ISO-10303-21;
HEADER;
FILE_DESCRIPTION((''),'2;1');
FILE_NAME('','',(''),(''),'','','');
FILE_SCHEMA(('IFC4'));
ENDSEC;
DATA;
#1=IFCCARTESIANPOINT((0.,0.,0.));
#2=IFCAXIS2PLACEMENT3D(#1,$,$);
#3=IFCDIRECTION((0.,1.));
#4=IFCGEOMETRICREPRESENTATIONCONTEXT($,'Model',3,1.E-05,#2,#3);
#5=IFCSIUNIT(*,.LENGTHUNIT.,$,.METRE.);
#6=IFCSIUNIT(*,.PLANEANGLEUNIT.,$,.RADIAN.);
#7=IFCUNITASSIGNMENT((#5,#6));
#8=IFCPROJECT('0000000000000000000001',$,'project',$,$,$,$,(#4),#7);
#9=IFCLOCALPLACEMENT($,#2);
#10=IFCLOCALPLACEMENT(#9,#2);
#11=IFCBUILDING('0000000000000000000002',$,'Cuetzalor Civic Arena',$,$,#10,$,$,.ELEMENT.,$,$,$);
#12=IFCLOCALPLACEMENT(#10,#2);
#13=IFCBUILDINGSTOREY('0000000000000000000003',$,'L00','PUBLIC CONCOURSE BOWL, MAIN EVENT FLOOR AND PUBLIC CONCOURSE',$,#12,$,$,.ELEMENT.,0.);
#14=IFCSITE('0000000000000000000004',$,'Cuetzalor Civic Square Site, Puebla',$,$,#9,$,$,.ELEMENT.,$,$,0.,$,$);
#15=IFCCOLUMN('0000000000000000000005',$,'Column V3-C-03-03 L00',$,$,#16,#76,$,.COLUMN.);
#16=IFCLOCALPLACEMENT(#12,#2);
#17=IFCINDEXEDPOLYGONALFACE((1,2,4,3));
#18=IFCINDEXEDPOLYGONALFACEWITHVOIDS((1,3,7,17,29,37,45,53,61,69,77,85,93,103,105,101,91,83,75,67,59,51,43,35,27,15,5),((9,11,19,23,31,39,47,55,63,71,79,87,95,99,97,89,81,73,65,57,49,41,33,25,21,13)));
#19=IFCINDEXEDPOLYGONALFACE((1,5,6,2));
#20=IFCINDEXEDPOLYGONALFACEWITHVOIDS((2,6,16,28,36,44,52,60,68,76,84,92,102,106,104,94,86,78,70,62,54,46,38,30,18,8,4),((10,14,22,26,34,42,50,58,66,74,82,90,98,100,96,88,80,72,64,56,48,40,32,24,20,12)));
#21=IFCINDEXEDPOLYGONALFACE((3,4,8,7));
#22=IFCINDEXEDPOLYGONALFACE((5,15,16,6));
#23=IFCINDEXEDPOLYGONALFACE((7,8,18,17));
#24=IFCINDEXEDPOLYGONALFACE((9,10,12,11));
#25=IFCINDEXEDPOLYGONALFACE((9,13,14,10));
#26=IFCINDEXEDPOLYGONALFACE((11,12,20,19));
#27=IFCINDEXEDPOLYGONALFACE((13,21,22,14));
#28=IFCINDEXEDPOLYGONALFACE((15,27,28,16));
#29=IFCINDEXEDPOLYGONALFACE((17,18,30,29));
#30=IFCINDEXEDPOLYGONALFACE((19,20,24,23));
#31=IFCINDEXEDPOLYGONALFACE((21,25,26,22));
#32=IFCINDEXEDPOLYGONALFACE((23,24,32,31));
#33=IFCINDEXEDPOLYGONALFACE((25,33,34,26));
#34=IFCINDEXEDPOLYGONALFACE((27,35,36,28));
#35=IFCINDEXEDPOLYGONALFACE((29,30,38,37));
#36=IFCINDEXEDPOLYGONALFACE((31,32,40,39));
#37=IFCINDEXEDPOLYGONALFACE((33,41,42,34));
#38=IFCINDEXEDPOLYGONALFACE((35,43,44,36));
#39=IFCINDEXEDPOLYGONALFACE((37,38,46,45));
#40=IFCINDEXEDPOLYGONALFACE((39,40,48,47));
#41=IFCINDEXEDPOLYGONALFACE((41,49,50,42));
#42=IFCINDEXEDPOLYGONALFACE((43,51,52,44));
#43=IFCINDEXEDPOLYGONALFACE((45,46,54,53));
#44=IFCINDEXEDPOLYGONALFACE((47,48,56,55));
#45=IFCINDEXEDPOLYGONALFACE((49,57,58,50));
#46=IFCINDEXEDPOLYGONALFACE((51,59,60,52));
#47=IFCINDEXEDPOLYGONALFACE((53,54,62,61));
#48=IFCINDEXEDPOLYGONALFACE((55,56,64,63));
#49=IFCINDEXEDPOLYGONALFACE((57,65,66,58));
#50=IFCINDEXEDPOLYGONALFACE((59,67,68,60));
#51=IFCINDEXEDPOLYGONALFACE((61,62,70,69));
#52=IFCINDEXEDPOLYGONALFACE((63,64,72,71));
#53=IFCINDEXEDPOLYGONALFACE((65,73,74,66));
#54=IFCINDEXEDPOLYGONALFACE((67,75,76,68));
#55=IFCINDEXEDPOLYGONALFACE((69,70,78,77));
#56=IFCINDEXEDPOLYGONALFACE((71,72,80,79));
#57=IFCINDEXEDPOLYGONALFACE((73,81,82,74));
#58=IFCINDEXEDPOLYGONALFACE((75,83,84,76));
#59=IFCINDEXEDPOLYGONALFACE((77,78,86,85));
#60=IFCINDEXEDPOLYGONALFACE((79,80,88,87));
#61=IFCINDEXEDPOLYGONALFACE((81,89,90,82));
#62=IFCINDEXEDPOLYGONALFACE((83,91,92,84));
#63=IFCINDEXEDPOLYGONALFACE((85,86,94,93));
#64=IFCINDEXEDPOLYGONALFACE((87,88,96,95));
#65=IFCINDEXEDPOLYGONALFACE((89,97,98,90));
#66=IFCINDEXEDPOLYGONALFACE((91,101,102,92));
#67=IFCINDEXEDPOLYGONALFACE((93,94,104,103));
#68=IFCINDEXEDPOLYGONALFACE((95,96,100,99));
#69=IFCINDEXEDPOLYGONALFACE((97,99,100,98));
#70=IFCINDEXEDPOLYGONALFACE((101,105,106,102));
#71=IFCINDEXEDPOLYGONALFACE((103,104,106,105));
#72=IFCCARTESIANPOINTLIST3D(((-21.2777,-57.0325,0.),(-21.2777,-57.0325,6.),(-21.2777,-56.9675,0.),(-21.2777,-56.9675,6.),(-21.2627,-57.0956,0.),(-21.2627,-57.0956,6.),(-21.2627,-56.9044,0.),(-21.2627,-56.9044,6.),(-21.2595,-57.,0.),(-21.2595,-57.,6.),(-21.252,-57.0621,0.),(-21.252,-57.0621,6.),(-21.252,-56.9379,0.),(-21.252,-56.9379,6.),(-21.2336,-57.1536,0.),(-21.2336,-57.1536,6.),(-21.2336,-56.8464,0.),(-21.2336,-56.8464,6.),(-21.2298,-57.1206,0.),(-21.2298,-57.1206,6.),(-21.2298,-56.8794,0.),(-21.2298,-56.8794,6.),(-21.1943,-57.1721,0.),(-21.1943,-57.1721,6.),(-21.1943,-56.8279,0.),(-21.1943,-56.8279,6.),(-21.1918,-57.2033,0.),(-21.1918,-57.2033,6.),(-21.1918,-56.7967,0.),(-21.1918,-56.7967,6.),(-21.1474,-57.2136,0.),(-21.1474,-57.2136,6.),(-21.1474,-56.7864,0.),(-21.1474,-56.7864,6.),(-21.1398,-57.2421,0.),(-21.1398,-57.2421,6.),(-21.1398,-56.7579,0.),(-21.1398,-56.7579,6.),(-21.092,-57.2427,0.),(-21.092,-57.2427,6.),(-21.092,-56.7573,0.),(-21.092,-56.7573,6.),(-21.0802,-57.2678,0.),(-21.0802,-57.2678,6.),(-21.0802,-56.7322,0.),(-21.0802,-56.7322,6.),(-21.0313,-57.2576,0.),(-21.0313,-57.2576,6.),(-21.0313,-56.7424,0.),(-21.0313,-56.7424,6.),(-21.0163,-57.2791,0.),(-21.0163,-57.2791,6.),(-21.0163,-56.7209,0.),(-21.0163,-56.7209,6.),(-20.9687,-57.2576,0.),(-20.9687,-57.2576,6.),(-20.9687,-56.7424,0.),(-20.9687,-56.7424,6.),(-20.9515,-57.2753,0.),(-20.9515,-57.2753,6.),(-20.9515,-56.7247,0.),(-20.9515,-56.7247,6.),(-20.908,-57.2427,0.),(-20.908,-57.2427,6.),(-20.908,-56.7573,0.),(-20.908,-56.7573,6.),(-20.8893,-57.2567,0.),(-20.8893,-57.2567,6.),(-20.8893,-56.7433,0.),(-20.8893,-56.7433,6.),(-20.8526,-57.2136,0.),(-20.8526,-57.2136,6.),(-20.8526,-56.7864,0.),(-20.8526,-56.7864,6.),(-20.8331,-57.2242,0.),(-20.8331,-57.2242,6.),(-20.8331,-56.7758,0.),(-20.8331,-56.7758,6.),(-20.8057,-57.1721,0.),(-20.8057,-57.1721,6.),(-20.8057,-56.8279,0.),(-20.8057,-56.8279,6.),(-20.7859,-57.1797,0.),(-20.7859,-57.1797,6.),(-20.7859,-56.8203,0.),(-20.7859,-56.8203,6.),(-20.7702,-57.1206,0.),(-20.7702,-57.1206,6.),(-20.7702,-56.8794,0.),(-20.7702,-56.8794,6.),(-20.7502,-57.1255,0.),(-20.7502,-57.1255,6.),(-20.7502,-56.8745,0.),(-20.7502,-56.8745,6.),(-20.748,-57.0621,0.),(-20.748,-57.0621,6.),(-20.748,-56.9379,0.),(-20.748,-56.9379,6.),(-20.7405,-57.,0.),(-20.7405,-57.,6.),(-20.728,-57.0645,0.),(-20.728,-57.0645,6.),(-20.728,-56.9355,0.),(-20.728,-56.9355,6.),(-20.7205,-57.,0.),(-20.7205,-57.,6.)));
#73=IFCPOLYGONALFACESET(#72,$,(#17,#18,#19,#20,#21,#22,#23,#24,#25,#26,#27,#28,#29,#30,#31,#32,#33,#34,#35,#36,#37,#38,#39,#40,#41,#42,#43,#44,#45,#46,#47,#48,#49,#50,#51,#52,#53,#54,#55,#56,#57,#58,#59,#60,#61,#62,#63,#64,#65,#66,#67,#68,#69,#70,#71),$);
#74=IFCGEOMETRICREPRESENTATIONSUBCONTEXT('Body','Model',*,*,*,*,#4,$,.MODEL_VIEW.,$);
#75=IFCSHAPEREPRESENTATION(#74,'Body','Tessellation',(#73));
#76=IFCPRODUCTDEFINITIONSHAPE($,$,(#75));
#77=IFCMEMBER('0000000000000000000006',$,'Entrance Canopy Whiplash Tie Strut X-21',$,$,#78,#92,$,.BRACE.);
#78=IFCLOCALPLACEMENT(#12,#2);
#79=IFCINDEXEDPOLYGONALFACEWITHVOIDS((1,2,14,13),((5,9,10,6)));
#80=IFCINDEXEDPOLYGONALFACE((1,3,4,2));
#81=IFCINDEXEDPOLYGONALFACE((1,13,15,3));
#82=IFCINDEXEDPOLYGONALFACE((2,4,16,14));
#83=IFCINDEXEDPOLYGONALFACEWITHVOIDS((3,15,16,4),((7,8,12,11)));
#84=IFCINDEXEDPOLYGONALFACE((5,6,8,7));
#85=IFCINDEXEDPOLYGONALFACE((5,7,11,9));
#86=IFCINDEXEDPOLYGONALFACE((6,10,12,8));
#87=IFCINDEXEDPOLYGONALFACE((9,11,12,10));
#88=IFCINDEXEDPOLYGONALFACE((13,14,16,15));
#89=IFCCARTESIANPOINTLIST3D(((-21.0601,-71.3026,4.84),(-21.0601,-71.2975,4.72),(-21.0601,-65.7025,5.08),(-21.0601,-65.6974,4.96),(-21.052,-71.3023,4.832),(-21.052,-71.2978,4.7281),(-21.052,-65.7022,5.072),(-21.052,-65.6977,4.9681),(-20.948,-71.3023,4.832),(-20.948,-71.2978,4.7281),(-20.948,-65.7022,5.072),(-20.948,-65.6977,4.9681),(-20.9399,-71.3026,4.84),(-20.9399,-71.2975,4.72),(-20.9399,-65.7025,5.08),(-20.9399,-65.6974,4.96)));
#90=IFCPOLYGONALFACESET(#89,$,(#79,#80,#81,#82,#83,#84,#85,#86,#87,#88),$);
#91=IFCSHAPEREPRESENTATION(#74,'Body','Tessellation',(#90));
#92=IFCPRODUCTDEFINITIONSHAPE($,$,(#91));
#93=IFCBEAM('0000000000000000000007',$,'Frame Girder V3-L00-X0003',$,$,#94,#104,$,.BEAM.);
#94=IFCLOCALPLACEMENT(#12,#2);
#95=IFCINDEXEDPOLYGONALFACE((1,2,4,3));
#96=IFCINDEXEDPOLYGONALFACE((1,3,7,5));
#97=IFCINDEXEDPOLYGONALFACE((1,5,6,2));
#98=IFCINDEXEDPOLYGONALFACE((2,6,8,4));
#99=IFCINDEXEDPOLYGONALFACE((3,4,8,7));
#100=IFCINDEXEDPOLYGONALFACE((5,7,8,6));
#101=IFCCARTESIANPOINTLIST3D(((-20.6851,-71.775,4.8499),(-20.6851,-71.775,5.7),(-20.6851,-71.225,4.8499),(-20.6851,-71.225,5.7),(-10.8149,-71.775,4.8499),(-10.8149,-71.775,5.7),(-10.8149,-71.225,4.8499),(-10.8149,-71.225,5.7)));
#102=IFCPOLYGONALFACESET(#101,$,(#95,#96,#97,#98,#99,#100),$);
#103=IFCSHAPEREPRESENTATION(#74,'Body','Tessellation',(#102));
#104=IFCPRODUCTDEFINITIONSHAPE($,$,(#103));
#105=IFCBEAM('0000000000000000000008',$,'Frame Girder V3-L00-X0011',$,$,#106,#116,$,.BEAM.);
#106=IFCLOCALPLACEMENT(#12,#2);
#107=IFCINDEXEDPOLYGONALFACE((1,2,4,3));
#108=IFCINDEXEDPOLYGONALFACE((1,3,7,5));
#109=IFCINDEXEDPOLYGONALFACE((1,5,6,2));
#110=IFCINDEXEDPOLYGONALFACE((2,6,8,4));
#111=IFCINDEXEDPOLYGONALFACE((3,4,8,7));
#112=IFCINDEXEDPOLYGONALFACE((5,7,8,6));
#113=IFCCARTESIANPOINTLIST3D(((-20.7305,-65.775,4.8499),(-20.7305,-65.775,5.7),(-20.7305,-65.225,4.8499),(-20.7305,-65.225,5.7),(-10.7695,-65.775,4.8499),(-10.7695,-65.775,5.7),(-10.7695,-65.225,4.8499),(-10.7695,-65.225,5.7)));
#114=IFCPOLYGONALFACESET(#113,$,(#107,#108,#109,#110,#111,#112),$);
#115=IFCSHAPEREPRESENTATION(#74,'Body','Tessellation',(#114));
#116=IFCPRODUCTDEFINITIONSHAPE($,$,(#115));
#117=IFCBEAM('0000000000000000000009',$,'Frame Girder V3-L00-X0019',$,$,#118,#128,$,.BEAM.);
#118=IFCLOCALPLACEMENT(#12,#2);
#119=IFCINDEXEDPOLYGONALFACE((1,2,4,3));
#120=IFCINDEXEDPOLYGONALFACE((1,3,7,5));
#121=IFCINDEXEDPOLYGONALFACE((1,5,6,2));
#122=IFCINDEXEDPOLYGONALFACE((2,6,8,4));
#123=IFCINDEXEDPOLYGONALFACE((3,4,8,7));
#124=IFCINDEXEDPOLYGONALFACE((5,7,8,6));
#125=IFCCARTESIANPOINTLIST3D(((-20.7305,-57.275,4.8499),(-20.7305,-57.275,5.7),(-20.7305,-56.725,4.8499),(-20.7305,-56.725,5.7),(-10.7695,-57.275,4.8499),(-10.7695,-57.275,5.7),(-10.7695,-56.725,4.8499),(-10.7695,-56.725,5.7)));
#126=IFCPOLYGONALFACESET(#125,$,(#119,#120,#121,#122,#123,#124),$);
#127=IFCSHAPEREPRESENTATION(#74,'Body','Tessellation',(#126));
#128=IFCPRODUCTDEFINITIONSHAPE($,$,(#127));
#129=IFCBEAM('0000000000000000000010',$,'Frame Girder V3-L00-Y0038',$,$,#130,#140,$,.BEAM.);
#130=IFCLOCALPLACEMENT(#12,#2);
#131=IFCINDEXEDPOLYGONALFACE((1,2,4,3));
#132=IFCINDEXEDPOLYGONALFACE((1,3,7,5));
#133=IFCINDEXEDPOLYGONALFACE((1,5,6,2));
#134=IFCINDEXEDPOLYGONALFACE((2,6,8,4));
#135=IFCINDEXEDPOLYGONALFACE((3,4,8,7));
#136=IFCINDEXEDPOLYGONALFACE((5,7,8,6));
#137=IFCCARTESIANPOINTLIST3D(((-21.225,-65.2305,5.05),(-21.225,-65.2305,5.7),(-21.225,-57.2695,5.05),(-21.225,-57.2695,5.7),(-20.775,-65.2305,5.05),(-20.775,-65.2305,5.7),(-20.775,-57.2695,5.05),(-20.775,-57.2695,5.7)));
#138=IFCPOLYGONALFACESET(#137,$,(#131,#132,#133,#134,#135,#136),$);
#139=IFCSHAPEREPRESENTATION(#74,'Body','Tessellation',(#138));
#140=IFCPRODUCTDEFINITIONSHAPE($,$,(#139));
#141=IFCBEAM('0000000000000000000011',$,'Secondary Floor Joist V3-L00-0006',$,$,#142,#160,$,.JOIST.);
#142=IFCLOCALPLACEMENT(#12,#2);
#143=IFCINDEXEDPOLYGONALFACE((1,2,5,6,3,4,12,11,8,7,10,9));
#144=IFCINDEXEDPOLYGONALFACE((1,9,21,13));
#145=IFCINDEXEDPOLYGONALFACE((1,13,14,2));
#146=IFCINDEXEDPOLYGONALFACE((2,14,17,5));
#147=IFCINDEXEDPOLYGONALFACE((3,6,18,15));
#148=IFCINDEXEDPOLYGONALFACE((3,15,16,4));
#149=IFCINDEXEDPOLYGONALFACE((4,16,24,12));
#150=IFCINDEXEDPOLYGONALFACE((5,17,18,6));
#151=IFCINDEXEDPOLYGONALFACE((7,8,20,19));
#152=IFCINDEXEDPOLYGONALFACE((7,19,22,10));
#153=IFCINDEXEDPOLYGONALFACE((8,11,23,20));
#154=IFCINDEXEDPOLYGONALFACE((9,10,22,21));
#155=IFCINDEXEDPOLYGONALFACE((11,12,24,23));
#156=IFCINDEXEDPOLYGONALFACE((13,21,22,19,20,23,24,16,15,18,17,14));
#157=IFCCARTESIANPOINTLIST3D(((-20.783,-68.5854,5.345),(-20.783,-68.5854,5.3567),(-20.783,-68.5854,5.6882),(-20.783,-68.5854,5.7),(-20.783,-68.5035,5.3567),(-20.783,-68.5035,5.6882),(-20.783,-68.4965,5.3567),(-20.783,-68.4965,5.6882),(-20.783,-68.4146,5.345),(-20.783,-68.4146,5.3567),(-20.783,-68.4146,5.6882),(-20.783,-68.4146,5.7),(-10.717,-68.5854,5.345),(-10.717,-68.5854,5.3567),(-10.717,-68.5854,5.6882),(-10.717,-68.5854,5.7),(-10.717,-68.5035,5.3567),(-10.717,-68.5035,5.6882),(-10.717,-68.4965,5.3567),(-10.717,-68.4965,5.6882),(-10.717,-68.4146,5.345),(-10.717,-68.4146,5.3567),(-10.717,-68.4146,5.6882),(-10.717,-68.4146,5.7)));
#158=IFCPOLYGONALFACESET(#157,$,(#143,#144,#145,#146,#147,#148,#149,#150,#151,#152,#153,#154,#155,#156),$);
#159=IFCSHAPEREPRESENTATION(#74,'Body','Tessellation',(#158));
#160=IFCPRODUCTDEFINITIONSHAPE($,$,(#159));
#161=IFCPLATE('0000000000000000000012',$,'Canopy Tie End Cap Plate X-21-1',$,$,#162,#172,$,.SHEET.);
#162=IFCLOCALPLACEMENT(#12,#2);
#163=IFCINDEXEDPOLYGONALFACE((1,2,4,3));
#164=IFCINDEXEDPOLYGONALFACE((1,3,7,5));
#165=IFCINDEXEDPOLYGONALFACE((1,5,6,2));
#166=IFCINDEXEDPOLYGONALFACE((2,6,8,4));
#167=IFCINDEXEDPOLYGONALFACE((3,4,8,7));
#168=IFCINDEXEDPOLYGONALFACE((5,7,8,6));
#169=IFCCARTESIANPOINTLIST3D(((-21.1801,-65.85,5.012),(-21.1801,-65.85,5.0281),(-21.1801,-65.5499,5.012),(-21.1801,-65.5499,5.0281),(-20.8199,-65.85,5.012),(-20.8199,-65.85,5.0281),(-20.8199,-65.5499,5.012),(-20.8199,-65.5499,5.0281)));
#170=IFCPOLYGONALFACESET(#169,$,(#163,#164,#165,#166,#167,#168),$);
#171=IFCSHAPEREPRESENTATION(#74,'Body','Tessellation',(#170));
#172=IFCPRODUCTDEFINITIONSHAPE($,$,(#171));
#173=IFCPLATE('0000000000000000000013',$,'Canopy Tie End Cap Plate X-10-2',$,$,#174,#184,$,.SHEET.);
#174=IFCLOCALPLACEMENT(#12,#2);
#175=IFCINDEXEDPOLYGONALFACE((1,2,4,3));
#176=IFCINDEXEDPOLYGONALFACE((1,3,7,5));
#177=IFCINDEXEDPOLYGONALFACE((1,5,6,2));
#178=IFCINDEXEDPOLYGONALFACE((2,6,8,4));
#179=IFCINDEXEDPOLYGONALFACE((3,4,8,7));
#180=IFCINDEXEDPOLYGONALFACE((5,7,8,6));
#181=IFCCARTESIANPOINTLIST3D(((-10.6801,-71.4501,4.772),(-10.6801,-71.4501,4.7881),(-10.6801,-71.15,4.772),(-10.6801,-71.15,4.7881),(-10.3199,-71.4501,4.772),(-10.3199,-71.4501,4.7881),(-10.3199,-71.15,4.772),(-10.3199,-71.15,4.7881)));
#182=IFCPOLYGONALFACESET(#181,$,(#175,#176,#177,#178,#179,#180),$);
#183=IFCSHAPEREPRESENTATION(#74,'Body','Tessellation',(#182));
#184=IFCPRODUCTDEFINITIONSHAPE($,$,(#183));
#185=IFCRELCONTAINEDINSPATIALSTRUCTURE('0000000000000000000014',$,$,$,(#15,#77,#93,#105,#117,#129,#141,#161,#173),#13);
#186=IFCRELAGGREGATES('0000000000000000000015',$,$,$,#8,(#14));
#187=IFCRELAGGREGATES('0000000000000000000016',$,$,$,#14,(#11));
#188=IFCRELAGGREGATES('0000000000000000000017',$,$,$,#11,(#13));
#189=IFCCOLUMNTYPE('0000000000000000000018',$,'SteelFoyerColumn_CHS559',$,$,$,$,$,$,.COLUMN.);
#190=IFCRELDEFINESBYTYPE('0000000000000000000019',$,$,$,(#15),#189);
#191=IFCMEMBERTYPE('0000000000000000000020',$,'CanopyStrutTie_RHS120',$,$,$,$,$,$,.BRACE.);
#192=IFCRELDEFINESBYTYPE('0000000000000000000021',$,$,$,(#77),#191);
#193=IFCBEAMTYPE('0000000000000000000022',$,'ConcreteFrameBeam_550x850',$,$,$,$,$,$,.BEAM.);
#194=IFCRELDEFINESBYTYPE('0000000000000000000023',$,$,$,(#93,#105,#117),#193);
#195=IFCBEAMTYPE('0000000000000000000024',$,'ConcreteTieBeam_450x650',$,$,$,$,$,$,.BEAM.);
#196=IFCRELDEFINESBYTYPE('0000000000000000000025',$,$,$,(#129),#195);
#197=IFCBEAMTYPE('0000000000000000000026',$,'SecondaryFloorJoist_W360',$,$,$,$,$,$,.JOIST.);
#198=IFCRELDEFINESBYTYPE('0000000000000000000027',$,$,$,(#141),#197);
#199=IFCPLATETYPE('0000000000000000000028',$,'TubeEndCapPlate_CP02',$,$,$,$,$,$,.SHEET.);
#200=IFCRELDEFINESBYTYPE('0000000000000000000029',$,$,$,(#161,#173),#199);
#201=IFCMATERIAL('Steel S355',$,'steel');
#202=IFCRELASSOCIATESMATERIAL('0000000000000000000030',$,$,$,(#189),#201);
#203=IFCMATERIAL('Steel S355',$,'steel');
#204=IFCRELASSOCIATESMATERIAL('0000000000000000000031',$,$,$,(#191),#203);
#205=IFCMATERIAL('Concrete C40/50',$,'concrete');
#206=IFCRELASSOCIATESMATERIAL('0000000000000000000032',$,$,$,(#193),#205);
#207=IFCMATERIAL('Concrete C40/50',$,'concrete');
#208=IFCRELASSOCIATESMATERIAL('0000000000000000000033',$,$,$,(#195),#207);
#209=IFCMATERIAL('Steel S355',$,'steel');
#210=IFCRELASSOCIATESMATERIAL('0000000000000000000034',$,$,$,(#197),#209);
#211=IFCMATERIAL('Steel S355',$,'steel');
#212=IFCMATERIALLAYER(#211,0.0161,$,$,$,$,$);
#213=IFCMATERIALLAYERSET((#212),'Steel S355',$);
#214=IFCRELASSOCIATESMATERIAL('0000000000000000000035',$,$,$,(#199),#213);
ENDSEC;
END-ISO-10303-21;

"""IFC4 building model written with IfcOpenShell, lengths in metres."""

from ifc_helpers import new_model, si_unit, direction, frame, origin, origin_2d, place, context, subcontext, project, spatial, rectangle, hollow_rectangle, hollow_circle, i_section, extrude, material, layer, layer_set, material_profile, profile_set, type_object, element, save


model = new_model("IFC4")

# Units and contexts
model_context = context("Model", 3, precision=1e-05, world=origin(), true_north=direction((0.0, 1.0)))
body_context = subcontext(model_context, "Body", "Model", "MODEL_VIEW")
ifc_project = project(units=[si_unit("LENGTHUNIT", "METRE"), si_unit("PLANEANGLEUNIT", "RADIAN")], contexts=[model_context])

# Site, building, storey
site_placement = place(None, origin())
site = spatial("IfcSite", under=ifc_project, at=site_placement, Name="Cuetzalor Civic Square Site, Puebla", CompositionType="ELEMENT", RefElevation=0.0)
building_placement = place(site_placement, origin())
building = spatial("IfcBuilding", under=site, at=building_placement, Name="Cuetzalor Civic Arena", CompositionType="ELEMENT")
storey_placement = place(building_placement, origin())
storey = spatial("IfcBuildingStorey", under=building, at=storey_placement, Name="L00", Description="PUBLIC CONCOURSE BOWL, MAIN EVENT FLOOR AND PUBLIC CONCOURSE", CompositionType="ELEMENT", Elevation=0.0)

# Column
ifc_material_1 = material(Name="Steel S355", Category="steel")
ifc_material_profile_1 = material_profile(ifc_material_1, hollow_circle(Radius=0.2795, WallThickness=0.02, at=origin_2d()), Name="CHS 559x20")
ifc_profile_set_1 = profile_set([ifc_material_profile_1], Name="Steel S355")
column_type_1 = type_object("IfcColumnType", Name="SteelFoyerColumn_CHS559", PredefinedType="COLUMN", material=ifc_profile_set_1)
for number, where, z_axis, x_axis, name in (
    (1, (-21.0, -57.0, 0.0), (0.0, 0.0, 1.0), (1.0, 0.0, 0.0), "Column V3-C-03-03 L00"),
):
    element("IfcColumn", number, at=place(storey_placement, frame(where, z_axis=z_axis, x_axis=x_axis)), inside=storey, type_object=column_type_1, Name=name, PredefinedType="COLUMN", context=body_context, shape_type="SweptSolid", body=[
        extrude(hollow_circle(Radius=0.2795, WallThickness=0.02, at=origin_2d()), origin(), (0.0, 0.0, 1.0), 6.0),
    ])

# Member
ifc_material_2 = material(Name="Steel S355", Category="steel")
ifc_material_profile_2 = material_profile(ifc_material_2, hollow_rectangle(XDim=0.1201, YDim=0.1201, WallThickness=0.0081, at=origin_2d()), Name="RHS 120x120x8")
ifc_profile_set_2 = profile_set([ifc_material_profile_2], Name="Steel S355")
member_type = type_object("IfcMemberType", Name="CanopyStrutTie_RHS120", PredefinedType="BRACE", material=ifc_profile_set_2)
member_placement = place(storey_placement, frame((-21.0, -65.7, 5.02), z_axis=(0.0, -0.999083, -0.042815), x_axis=(1.0, 0.0, 0.0)))
element("IfcMember", 2, at=member_placement, inside=storey, type_object=member_type, Name="Entrance Canopy Whiplash Tie Strut X-21", PredefinedType="BRACE", context=body_context, shape_type="SweptSolid", body=[
    extrude(hollow_rectangle(XDim=0.1201, YDim=0.1201, WallThickness=0.0081, at=origin_2d()), origin(), (0.0, 0.0, 1.0), 5.6052),
])

# Beams
ifc_material_3 = material(Name="Concrete C40/50", Category="concrete")
ifc_material_profile_3 = material_profile(ifc_material_3, rectangle(XDim=0.55, YDim=0.8501, at=origin_2d()), Name="RC 550x850")
ifc_profile_set_3 = profile_set([ifc_material_profile_3], Name="Concrete C40/50")
beam_type_1 = type_object("IfcBeamType", Name="ConcreteFrameBeam_550x850", PredefinedType="BEAM", material=ifc_profile_set_3)
beam_1_placement = place(storey_placement, frame((-20.6851, -71.5, 5.2749), z_axis=(1.0, 0.0, 0.0), x_axis=(0.0, 1.0, 0.0)))
element("IfcBeam", 3, at=beam_1_placement, inside=storey, type_object=beam_type_1, Name="Frame Girder V3-L00-X0003", PredefinedType="BEAM", context=body_context, shape_type="SweptSolid", body=[
    extrude(rectangle(XDim=0.55, YDim=0.8501, at=origin_2d()), origin(), (0.0, 0.0, 1.0), 9.8701),
])
for number, where, z_axis, x_axis, name in (
    (4, (-20.7305, -65.5, 5.2749), (1.0, 0.0, 0.0), (0.0, 1.0, 0.0), "Frame Girder V3-L00-X0011"),
    (5, (-20.7305, -57.0, 5.2749), (1.0, 0.0, 0.0), (0.0, 1.0, 0.0), "Frame Girder V3-L00-X0019"),
):
    element("IfcBeam", number, at=place(storey_placement, frame(where, z_axis=z_axis, x_axis=x_axis)), inside=storey, type_object=beam_type_1, Name=name, PredefinedType="BEAM", context=body_context, shape_type="SweptSolid", body=[
        extrude(rectangle(XDim=0.55, YDim=0.8501, at=origin_2d()), origin(), (0.0, 0.0, 1.0), 9.9609),
    ])
ifc_material_4 = material(Name="Concrete C40/50", Category="concrete")
ifc_material_profile_4 = material_profile(ifc_material_4, rectangle(XDim=0.45, YDim=0.6499, at=origin_2d()), Name="RC 450x650")
ifc_profile_set_4 = profile_set([ifc_material_profile_4], Name="Concrete C40/50")
beam_type_2 = type_object("IfcBeamType", Name="ConcreteTieBeam_450x650", PredefinedType="BEAM", material=ifc_profile_set_4)
beam_2_placement = place(storey_placement, frame((-21.0, -65.2305, 5.375), z_axis=(0.0, 1.0, 0.0), x_axis=(-1.0, 0.0, 0.0)))
element("IfcBeam", 6, at=beam_2_placement, inside=storey, type_object=beam_type_2, Name="Frame Girder V3-L00-Y0038", PredefinedType="BEAM", context=body_context, shape_type="SweptSolid", body=[
    extrude(rectangle(XDim=0.45, YDim=0.6499, at=origin_2d()), origin(), (0.0, 0.0, 1.0), 7.9609),
])
ifc_material_5 = material(Name="Steel S355", Category="steel")
ifc_material_profile_5 = material_profile(ifc_material_5, i_section(OverallWidth=0.1709, OverallDepth=0.355, WebThickness=0.0071, FlangeThickness=0.0117, at=origin_2d()), Name="W360x51")
ifc_profile_set_5 = profile_set([ifc_material_profile_5], Name="Steel S355")
beam_type_3 = type_object("IfcBeamType", Name="SecondaryFloorJoist_W360", PredefinedType="JOIST", material=ifc_profile_set_5)
beam_3_placement = place(storey_placement, frame((-20.783, -68.5, 5.5225), z_axis=(1.0, 0.0, 0.0), x_axis=(0.0, 1.0, 0.0)))
element("IfcBeam", 7, at=beam_3_placement, inside=storey, type_object=beam_type_3, Name="Secondary Floor Joist V3-L00-0006", PredefinedType="JOIST", context=body_context, shape_type="SweptSolid", body=[
    extrude(i_section(OverallWidth=0.1709, OverallDepth=0.355, WebThickness=0.0071, FlangeThickness=0.0117, at=origin_2d()), origin(), (0.0, 0.0, 1.0), 10.0659),
])

# Plates
ifc_material_6 = material(Name="Steel S355", Category="steel")
ifc_layer_1 = layer(ifc_material_6, 0.0161)
ifc_layer_set_1 = layer_set([ifc_layer_1], Name="Steel S355")
plate_type = type_object("IfcPlateType", Name="TubeEndCapPlate_CP02", PredefinedType="SHEET", material=ifc_layer_set_1)
for number, where, z_axis, x_axis, name in (
    (8, (-21.0, -65.7, 5.012), (0.0, 0.0, 1.0), (1.0, 0.0, 0.0), "Canopy Tie End Cap Plate X-21-1"),
    (9, (-10.5, -71.3, 4.772), (0.0, 0.0, 1.0), (1.0, 0.0, 0.0), "Canopy Tie End Cap Plate X-10-2"),
):
    element("IfcPlate", number, at=place(storey_placement, frame(where, z_axis=z_axis, x_axis=x_axis)), inside=storey, type_object=plate_type, Name=name, PredefinedType="SHEET", context=body_context, shape_type="SweptSolid", body=[
        extrude(rectangle(XDim=0.3601, YDim=0.3, at=origin_2d()), origin(), (0.0, 0.0, 1.0), 0.0161),
    ])

save(model, "model.ifc")
